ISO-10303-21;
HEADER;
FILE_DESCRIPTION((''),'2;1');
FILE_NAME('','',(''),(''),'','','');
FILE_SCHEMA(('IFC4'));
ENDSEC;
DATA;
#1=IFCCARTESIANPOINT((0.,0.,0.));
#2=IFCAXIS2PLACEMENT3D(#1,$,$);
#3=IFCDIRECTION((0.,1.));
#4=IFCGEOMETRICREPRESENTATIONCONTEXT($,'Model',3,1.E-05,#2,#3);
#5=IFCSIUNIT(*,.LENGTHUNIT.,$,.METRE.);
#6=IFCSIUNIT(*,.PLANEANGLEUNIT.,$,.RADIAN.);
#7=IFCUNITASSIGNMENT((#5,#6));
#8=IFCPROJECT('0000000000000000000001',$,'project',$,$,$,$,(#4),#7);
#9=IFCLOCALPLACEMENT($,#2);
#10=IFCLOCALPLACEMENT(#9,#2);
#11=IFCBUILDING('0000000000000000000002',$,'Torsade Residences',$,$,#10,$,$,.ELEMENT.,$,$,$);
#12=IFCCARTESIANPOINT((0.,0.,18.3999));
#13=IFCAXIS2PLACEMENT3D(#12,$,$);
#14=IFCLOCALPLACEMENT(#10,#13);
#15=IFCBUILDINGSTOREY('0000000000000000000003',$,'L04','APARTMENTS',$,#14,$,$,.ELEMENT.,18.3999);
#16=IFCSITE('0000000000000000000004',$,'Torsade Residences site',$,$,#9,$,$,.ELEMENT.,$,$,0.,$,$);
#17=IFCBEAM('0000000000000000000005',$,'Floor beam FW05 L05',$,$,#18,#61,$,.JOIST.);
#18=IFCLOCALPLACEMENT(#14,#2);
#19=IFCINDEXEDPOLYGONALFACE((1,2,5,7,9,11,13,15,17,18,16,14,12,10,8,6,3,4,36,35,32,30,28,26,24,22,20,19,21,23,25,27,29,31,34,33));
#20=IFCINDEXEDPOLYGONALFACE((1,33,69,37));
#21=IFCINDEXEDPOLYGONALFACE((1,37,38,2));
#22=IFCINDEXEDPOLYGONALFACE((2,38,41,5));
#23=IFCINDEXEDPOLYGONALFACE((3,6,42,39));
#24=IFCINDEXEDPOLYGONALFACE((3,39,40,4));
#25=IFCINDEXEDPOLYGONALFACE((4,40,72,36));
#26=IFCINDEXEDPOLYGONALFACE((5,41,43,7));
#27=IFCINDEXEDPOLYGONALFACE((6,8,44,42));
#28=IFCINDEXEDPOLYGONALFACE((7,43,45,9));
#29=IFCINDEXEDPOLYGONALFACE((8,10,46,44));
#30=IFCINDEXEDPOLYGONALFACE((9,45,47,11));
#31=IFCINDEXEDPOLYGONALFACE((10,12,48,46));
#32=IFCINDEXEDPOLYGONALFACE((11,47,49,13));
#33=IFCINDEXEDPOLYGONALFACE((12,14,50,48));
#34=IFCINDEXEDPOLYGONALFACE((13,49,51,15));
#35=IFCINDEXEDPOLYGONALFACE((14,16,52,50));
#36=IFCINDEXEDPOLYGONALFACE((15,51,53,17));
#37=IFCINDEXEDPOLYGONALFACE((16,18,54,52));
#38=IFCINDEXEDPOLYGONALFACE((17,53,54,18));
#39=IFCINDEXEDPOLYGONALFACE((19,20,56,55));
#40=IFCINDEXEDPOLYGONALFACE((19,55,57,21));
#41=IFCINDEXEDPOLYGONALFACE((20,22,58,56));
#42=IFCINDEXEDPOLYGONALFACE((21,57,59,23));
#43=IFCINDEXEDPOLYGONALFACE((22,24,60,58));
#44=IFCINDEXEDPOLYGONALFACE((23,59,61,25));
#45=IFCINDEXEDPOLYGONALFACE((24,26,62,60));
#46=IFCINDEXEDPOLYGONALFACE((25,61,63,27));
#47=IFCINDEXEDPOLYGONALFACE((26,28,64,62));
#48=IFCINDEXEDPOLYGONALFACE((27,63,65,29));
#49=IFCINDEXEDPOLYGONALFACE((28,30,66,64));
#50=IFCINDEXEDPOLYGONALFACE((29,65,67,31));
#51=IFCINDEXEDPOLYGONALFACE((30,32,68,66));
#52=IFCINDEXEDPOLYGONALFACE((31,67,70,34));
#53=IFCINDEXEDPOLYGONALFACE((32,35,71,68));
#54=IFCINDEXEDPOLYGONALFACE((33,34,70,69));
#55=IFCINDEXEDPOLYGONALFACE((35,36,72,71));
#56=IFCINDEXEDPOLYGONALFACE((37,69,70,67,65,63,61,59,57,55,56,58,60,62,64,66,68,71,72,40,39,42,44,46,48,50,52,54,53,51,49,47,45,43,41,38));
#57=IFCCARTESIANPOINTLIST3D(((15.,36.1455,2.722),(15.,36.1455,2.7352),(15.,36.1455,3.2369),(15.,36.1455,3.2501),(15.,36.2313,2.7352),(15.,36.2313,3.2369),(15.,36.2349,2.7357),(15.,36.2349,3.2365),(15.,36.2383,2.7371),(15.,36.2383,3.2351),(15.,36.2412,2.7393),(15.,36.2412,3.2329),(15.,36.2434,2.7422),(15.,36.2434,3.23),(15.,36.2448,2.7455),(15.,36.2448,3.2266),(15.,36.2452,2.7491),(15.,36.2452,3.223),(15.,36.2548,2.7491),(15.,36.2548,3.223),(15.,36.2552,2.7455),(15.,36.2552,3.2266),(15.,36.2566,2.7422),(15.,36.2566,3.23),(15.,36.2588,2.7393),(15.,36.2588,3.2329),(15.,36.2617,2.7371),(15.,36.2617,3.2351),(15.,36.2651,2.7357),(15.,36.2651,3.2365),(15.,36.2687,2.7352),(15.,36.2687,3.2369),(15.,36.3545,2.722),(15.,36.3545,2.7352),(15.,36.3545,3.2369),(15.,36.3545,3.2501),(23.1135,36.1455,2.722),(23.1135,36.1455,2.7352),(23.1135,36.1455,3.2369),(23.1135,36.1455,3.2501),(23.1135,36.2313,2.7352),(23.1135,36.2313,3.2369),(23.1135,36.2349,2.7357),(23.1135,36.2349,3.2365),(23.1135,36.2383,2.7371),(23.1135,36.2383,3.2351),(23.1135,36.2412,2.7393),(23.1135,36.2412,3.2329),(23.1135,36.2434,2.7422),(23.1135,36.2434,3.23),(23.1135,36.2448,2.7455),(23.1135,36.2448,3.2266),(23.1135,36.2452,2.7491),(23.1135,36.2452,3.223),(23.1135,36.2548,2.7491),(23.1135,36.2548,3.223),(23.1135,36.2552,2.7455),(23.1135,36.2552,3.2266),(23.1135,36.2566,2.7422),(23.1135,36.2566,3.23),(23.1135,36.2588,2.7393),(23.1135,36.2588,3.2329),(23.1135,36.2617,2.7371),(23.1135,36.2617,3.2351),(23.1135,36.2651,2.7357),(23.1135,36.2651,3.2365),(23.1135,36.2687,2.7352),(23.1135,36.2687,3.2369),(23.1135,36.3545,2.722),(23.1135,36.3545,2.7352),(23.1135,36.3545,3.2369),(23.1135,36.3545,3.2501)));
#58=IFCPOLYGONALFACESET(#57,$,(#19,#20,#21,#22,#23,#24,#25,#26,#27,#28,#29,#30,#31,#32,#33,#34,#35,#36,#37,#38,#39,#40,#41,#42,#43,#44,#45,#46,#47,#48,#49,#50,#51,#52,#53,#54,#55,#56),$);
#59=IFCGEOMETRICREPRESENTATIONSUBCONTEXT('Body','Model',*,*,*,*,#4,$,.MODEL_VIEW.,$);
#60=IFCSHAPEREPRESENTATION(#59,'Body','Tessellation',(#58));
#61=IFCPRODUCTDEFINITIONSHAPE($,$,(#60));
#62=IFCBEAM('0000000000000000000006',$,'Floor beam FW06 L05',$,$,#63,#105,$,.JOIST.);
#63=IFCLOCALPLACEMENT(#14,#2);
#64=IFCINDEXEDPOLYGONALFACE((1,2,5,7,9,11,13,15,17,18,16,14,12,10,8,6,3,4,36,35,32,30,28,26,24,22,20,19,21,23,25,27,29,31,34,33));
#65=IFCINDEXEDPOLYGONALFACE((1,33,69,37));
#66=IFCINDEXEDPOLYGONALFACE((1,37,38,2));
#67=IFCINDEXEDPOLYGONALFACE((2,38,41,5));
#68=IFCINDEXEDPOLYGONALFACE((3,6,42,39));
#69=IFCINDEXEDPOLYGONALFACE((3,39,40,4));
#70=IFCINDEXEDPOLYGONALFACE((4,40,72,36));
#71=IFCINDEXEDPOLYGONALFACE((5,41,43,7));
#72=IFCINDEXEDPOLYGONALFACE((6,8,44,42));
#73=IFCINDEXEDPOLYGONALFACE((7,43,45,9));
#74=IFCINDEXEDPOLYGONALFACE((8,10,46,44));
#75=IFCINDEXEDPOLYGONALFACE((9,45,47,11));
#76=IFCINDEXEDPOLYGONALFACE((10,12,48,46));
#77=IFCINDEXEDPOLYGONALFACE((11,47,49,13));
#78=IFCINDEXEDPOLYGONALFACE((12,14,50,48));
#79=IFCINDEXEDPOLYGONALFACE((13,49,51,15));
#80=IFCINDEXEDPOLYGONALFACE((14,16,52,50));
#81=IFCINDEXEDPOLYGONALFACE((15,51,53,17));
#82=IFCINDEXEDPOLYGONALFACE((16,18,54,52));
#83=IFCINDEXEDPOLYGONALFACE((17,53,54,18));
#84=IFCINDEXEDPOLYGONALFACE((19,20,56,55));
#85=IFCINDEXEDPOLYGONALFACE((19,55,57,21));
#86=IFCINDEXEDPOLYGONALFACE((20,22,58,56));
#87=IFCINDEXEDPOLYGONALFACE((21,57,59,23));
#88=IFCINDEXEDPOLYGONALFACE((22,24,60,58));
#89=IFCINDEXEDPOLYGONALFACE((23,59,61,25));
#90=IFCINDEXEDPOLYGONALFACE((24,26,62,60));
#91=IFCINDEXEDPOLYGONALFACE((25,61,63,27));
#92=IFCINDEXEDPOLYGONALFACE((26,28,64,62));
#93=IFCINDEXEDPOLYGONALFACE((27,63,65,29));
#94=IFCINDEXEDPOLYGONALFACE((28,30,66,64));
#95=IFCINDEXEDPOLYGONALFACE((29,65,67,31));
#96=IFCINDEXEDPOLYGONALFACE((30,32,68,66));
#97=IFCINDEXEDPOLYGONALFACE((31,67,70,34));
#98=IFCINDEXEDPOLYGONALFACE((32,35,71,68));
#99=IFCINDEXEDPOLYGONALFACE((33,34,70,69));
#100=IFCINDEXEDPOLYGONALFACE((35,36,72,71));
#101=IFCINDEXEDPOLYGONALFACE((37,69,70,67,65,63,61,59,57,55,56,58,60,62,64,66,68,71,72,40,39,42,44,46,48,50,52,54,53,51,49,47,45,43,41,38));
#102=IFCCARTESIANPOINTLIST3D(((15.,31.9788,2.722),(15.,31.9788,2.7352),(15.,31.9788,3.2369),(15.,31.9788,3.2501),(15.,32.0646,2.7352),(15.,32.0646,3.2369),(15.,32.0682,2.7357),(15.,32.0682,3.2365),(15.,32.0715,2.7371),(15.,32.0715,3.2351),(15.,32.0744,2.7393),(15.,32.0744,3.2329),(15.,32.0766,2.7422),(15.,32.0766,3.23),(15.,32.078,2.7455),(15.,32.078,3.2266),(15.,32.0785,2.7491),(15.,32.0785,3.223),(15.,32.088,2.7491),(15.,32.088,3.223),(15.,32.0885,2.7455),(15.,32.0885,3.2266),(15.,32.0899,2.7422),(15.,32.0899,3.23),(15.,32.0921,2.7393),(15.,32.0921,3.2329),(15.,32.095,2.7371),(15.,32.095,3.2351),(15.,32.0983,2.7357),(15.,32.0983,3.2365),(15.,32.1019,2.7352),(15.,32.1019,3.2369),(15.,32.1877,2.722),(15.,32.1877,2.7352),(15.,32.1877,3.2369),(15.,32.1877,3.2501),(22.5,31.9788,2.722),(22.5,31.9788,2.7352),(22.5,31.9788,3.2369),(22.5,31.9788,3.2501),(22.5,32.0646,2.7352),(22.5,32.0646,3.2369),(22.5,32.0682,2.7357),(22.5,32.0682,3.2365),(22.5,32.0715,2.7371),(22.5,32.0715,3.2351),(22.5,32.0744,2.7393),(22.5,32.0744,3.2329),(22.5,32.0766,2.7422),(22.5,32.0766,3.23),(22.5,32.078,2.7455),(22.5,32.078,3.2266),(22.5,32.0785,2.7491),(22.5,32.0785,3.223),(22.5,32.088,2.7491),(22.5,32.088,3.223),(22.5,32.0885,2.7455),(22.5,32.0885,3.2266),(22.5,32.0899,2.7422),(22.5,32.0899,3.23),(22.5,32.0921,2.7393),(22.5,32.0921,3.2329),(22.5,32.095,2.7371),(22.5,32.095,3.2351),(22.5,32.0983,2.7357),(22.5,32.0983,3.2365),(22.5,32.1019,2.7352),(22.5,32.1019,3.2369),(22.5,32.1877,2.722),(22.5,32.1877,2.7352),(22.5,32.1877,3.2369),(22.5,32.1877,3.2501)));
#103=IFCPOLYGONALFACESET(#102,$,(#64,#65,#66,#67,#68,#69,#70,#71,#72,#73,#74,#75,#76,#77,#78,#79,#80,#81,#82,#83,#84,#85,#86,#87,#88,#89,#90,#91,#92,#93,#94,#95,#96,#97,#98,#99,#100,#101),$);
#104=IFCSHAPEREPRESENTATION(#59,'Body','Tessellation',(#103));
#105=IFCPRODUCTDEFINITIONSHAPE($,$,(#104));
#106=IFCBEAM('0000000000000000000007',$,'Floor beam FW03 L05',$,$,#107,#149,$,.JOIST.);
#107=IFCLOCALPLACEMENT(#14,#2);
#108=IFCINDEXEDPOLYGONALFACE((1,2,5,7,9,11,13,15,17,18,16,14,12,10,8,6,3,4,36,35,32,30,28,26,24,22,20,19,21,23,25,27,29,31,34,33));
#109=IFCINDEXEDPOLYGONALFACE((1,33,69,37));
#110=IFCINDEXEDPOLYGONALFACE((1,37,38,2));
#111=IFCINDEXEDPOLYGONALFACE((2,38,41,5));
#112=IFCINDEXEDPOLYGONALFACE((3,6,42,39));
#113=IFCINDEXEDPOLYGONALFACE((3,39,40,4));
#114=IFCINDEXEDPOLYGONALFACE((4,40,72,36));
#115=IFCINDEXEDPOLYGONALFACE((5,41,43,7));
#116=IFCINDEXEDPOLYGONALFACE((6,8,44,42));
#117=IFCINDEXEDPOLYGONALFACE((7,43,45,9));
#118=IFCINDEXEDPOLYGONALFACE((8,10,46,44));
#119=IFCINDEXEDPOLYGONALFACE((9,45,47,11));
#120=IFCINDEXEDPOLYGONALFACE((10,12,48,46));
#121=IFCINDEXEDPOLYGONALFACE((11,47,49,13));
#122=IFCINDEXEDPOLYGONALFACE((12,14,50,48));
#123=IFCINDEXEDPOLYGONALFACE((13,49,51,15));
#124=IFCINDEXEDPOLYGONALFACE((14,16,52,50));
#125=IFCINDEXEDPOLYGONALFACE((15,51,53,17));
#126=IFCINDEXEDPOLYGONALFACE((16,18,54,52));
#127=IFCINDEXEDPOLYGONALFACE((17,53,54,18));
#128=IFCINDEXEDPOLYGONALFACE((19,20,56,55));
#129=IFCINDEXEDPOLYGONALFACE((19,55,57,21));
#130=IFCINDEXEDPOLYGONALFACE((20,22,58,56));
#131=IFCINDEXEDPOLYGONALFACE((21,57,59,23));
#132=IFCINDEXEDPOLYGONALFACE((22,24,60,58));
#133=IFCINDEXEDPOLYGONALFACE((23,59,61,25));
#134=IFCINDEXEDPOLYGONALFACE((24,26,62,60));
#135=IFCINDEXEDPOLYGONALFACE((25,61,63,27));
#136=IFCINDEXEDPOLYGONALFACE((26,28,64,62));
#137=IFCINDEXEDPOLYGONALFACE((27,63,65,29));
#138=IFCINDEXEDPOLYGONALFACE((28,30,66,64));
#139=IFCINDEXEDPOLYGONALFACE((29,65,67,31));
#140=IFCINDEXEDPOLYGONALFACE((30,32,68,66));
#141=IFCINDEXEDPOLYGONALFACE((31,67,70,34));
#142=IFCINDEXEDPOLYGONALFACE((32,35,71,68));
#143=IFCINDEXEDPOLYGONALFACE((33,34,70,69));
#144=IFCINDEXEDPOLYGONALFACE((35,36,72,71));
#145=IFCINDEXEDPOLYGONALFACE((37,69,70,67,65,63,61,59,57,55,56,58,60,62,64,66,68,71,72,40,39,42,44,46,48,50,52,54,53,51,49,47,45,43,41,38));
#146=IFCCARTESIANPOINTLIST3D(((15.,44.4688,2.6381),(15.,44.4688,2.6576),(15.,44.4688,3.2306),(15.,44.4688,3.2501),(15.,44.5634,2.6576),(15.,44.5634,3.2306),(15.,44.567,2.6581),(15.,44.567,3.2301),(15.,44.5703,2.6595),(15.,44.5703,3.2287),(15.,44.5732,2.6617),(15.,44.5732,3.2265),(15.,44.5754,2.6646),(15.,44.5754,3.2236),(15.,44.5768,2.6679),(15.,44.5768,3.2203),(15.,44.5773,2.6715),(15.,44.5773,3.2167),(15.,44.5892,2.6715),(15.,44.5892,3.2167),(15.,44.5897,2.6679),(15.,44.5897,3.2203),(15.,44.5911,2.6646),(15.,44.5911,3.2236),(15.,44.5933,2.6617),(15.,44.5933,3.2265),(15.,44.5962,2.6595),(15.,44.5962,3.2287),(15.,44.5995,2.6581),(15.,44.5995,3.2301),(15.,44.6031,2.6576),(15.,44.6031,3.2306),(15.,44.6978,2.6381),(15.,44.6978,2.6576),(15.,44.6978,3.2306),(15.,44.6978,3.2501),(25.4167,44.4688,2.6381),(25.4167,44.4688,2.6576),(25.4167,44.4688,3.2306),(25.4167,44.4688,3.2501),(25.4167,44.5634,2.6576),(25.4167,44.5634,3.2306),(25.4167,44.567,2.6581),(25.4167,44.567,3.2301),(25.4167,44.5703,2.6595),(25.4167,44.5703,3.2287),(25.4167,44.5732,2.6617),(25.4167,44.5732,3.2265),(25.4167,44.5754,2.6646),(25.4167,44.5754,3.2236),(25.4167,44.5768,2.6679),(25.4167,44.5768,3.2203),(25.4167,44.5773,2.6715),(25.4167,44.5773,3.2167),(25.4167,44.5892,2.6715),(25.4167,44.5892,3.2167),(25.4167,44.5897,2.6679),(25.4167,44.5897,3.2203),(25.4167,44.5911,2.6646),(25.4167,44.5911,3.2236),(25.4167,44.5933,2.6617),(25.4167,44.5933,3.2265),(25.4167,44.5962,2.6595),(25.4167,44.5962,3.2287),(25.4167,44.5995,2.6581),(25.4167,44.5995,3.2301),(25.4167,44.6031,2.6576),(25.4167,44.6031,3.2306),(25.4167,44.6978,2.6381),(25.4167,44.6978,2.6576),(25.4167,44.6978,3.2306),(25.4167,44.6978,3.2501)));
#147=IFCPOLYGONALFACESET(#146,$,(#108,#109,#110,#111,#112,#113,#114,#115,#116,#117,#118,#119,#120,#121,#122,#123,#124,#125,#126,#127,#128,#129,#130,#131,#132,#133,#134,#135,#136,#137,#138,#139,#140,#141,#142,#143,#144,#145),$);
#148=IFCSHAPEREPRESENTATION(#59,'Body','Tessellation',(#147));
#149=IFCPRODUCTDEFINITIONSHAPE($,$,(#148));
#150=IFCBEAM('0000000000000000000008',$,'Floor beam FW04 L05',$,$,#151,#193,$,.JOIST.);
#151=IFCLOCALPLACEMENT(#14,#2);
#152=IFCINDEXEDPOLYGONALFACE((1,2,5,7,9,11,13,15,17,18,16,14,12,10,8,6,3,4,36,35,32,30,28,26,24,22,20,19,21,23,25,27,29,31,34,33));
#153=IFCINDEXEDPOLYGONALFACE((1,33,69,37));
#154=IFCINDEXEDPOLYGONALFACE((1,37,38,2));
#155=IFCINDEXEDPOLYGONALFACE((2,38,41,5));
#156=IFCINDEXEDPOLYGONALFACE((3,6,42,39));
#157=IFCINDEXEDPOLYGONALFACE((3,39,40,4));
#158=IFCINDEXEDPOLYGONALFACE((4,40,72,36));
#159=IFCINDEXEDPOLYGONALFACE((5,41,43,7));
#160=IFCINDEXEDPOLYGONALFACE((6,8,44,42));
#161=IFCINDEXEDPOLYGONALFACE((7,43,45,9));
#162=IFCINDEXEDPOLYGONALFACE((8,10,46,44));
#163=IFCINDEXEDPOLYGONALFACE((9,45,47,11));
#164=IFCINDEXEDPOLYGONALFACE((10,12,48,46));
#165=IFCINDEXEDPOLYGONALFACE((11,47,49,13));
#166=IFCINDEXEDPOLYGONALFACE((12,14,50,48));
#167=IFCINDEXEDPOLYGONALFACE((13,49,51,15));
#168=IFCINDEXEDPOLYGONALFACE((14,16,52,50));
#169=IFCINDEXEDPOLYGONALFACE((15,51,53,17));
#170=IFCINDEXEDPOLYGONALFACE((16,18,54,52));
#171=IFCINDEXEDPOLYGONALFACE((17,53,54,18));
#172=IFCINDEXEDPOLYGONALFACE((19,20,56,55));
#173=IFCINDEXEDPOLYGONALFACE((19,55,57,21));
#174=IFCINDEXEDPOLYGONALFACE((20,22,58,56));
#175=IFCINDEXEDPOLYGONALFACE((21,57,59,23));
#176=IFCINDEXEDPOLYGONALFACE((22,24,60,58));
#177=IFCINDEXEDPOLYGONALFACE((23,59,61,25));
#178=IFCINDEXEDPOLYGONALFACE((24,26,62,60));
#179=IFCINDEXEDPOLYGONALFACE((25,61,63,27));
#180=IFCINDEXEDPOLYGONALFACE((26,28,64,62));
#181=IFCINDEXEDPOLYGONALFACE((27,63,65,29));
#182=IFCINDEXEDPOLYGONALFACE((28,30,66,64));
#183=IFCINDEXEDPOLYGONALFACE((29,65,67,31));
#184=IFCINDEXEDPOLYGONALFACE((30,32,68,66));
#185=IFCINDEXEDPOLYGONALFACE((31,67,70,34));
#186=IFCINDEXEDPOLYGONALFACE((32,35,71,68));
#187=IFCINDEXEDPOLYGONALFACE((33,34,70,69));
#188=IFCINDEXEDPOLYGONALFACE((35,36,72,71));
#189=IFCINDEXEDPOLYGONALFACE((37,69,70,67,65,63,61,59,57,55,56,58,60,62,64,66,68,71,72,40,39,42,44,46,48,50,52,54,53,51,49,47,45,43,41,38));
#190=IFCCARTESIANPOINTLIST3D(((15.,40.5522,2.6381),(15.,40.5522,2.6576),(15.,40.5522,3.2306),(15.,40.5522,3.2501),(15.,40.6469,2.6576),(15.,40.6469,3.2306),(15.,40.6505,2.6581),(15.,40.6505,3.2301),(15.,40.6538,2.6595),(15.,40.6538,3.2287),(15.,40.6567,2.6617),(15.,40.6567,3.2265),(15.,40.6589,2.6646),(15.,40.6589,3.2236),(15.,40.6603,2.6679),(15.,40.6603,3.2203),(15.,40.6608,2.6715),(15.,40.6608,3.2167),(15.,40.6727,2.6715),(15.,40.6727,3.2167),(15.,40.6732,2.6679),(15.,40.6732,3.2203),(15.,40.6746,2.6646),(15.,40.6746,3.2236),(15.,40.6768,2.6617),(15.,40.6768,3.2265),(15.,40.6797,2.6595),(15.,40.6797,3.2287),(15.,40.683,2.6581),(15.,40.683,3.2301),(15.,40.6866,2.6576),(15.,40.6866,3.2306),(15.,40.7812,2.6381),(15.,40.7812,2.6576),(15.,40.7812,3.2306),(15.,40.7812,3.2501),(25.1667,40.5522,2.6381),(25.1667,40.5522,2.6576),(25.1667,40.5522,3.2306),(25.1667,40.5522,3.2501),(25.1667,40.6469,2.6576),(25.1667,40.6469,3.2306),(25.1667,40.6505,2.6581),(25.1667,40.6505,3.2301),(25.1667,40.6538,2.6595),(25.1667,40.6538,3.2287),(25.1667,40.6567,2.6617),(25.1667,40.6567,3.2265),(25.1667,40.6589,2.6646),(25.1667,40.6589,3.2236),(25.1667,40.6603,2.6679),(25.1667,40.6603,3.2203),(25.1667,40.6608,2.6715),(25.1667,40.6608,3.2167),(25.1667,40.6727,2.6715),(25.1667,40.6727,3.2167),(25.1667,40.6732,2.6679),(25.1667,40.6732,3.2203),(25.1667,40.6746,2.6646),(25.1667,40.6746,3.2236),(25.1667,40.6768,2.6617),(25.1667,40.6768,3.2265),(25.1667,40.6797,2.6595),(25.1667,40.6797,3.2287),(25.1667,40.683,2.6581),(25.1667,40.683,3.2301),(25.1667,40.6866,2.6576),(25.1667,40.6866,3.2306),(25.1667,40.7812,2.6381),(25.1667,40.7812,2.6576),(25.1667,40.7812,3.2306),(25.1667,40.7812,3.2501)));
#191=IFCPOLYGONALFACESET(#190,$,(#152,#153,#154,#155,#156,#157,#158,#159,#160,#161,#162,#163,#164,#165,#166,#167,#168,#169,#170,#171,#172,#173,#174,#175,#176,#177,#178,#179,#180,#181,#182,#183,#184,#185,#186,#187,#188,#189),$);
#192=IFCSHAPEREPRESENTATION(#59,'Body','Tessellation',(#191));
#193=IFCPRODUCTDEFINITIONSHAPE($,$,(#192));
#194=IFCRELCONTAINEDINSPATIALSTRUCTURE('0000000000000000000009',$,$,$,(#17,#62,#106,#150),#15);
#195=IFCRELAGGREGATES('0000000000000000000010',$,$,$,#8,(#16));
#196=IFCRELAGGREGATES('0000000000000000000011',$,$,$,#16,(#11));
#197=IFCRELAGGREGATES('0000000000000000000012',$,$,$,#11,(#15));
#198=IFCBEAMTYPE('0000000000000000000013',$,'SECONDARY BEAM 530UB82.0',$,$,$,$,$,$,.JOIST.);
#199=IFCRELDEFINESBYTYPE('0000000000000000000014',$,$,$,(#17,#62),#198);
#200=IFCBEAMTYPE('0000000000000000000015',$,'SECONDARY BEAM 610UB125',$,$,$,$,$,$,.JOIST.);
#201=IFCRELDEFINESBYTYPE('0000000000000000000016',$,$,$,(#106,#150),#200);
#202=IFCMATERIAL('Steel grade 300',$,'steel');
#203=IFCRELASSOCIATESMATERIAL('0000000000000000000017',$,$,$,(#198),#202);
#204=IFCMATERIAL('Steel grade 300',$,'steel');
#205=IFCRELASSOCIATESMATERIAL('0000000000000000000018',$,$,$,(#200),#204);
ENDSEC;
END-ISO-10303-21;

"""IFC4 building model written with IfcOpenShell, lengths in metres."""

from ifc_helpers import new_model, si_unit, direction, frame, origin, origin_2d, place, context, subcontext, project, spatial, i_section, extrude, material, material_profile, profile_set, type_object, element, save


model = new_model("IFC4")

# Units and contexts
model_context = context("Model", 3, precision=1e-05, world=origin(), true_north=direction((0.0, 1.0)))
body_context = subcontext(model_context, "Body", "Model", "MODEL_VIEW")
ifc_project = project(units=[si_unit("LENGTHUNIT", "METRE"), si_unit("PLANEANGLEUNIT", "RADIAN")], contexts=[model_context])

# Site, building, storey
site_placement = place(None, origin())
site = spatial("IfcSite", under=ifc_project, at=site_placement, Name="Torsade Residences site", CompositionType="ELEMENT", RefElevation=0.0)
building_placement = place(site_placement, origin())
building = spatial("IfcBuilding", under=site, at=building_placement, Name="Torsade Residences", CompositionType="ELEMENT")
storey_placement = place(building_placement, frame((0.0, 0.0, 18.3999)))
storey = spatial("IfcBuildingStorey", under=building, at=storey_placement, Name="L04", Description="APARTMENTS", CompositionType="ELEMENT", Elevation=18.3999)

# Beams
ifc_material_1 = material(Name="Steel grade 300", Category="steel")
ifc_material_profile_1 = material_profile(ifc_material_1, i_section(OverallWidth=0.209, OverallDepth=0.5281, WebThickness=0.0095, FlangeThickness=0.0132, FilletRadius=0.0139, at=origin_2d()), Name="530UB82.0")
ifc_profile_set_1 = profile_set([ifc_material_profile_1], Name="Steel grade 300")
beam_type_1 = type_object("IfcBeamType", Name="SECONDARY BEAM 530UB82.0", PredefinedType="JOIST", material=ifc_profile_set_1)
beam_1_placement = place(storey_placement, frame((15.0, 36.25, 2.9861), z_axis=(1.0, 0.0, 0.0), x_axis=(0.0, 1.0, 0.0)))
element("IfcBeam", 1, at=beam_1_placement, inside=storey, type_object=beam_type_1, Name="Floor beam FW05 L05", PredefinedType="JOIST", context=body_context, shape_type="SweptSolid", body=[
    extrude(i_section(OverallWidth=0.209, OverallDepth=0.5281, WebThickness=0.0095, FlangeThickness=0.0132, FilletRadius=0.0139, at=origin_2d()), origin(), (0.0, 0.0, 1.0), 8.1135),
])
beam_2_placement = place(storey_placement, frame((15.0, 32.0833, 2.9861), z_axis=(1.0, 0.0, 0.0), x_axis=(0.0, 1.0, 0.0)))
element("IfcBeam", 2, at=beam_2_placement, inside=storey, type_object=beam_type_1, Name="Floor beam FW06 L05", PredefinedType="JOIST", context=body_context, shape_type="SweptSolid", body=[
    extrude(i_section(OverallWidth=0.209, OverallDepth=0.5281, WebThickness=0.0095, FlangeThickness=0.0132, FilletRadius=0.0139, at=origin_2d()), origin(), (0.0, 0.0, 1.0), 7.5),
])
ifc_material_2 = material(Name="Steel grade 300", Category="steel")
ifc_material_profile_2 = material_profile(ifc_material_2, i_section(OverallWidth=0.229, OverallDepth=0.6121, WebThickness=0.012, FlangeThickness=0.0195, FilletRadius=0.0139, at=origin_2d()), Name="610UB125")
ifc_profile_set_2 = profile_set([ifc_material_profile_2], Name="Steel grade 300")
beam_type_2 = type_object("IfcBeamType", Name="SECONDARY BEAM 610UB125", PredefinedType="JOIST", material=ifc_profile_set_2)
beam_3_placement = place(storey_placement, frame((15.0, 44.5833, 2.9441), z_axis=(1.0, 0.0, 0.0), x_axis=(0.0, 1.0, 0.0)))
element("IfcBeam", 3, at=beam_3_placement, inside=storey, type_object=beam_type_2, Name="Floor beam FW03 L05", PredefinedType="JOIST", context=body_context, shape_type="SweptSolid", body=[
    extrude(i_section(OverallWidth=0.229, OverallDepth=0.6121, WebThickness=0.012, FlangeThickness=0.0195, FilletRadius=0.0139, at=origin_2d()), origin(), (0.0, 0.0, 1.0), 10.4167),
])
beam_4_placement = place(storey_placement, frame((15.0, 40.6667, 2.9441), z_axis=(1.0, 0.0, 0.0), x_axis=(0.0, 1.0, 0.0)))
element("IfcBeam", 4, at=beam_4_placement, inside=storey, type_object=beam_type_2, Name="Floor beam FW04 L05", PredefinedType="JOIST", context=body_context, shape_type="SweptSolid", body=[
    extrude(i_section(OverallWidth=0.229, OverallDepth=0.6121, WebThickness=0.012, FlangeThickness=0.0195, FilletRadius=0.0139, at=origin_2d()), origin(), (0.0, 0.0, 1.0), 10.1667),
])

save(model, "model.ifc")
